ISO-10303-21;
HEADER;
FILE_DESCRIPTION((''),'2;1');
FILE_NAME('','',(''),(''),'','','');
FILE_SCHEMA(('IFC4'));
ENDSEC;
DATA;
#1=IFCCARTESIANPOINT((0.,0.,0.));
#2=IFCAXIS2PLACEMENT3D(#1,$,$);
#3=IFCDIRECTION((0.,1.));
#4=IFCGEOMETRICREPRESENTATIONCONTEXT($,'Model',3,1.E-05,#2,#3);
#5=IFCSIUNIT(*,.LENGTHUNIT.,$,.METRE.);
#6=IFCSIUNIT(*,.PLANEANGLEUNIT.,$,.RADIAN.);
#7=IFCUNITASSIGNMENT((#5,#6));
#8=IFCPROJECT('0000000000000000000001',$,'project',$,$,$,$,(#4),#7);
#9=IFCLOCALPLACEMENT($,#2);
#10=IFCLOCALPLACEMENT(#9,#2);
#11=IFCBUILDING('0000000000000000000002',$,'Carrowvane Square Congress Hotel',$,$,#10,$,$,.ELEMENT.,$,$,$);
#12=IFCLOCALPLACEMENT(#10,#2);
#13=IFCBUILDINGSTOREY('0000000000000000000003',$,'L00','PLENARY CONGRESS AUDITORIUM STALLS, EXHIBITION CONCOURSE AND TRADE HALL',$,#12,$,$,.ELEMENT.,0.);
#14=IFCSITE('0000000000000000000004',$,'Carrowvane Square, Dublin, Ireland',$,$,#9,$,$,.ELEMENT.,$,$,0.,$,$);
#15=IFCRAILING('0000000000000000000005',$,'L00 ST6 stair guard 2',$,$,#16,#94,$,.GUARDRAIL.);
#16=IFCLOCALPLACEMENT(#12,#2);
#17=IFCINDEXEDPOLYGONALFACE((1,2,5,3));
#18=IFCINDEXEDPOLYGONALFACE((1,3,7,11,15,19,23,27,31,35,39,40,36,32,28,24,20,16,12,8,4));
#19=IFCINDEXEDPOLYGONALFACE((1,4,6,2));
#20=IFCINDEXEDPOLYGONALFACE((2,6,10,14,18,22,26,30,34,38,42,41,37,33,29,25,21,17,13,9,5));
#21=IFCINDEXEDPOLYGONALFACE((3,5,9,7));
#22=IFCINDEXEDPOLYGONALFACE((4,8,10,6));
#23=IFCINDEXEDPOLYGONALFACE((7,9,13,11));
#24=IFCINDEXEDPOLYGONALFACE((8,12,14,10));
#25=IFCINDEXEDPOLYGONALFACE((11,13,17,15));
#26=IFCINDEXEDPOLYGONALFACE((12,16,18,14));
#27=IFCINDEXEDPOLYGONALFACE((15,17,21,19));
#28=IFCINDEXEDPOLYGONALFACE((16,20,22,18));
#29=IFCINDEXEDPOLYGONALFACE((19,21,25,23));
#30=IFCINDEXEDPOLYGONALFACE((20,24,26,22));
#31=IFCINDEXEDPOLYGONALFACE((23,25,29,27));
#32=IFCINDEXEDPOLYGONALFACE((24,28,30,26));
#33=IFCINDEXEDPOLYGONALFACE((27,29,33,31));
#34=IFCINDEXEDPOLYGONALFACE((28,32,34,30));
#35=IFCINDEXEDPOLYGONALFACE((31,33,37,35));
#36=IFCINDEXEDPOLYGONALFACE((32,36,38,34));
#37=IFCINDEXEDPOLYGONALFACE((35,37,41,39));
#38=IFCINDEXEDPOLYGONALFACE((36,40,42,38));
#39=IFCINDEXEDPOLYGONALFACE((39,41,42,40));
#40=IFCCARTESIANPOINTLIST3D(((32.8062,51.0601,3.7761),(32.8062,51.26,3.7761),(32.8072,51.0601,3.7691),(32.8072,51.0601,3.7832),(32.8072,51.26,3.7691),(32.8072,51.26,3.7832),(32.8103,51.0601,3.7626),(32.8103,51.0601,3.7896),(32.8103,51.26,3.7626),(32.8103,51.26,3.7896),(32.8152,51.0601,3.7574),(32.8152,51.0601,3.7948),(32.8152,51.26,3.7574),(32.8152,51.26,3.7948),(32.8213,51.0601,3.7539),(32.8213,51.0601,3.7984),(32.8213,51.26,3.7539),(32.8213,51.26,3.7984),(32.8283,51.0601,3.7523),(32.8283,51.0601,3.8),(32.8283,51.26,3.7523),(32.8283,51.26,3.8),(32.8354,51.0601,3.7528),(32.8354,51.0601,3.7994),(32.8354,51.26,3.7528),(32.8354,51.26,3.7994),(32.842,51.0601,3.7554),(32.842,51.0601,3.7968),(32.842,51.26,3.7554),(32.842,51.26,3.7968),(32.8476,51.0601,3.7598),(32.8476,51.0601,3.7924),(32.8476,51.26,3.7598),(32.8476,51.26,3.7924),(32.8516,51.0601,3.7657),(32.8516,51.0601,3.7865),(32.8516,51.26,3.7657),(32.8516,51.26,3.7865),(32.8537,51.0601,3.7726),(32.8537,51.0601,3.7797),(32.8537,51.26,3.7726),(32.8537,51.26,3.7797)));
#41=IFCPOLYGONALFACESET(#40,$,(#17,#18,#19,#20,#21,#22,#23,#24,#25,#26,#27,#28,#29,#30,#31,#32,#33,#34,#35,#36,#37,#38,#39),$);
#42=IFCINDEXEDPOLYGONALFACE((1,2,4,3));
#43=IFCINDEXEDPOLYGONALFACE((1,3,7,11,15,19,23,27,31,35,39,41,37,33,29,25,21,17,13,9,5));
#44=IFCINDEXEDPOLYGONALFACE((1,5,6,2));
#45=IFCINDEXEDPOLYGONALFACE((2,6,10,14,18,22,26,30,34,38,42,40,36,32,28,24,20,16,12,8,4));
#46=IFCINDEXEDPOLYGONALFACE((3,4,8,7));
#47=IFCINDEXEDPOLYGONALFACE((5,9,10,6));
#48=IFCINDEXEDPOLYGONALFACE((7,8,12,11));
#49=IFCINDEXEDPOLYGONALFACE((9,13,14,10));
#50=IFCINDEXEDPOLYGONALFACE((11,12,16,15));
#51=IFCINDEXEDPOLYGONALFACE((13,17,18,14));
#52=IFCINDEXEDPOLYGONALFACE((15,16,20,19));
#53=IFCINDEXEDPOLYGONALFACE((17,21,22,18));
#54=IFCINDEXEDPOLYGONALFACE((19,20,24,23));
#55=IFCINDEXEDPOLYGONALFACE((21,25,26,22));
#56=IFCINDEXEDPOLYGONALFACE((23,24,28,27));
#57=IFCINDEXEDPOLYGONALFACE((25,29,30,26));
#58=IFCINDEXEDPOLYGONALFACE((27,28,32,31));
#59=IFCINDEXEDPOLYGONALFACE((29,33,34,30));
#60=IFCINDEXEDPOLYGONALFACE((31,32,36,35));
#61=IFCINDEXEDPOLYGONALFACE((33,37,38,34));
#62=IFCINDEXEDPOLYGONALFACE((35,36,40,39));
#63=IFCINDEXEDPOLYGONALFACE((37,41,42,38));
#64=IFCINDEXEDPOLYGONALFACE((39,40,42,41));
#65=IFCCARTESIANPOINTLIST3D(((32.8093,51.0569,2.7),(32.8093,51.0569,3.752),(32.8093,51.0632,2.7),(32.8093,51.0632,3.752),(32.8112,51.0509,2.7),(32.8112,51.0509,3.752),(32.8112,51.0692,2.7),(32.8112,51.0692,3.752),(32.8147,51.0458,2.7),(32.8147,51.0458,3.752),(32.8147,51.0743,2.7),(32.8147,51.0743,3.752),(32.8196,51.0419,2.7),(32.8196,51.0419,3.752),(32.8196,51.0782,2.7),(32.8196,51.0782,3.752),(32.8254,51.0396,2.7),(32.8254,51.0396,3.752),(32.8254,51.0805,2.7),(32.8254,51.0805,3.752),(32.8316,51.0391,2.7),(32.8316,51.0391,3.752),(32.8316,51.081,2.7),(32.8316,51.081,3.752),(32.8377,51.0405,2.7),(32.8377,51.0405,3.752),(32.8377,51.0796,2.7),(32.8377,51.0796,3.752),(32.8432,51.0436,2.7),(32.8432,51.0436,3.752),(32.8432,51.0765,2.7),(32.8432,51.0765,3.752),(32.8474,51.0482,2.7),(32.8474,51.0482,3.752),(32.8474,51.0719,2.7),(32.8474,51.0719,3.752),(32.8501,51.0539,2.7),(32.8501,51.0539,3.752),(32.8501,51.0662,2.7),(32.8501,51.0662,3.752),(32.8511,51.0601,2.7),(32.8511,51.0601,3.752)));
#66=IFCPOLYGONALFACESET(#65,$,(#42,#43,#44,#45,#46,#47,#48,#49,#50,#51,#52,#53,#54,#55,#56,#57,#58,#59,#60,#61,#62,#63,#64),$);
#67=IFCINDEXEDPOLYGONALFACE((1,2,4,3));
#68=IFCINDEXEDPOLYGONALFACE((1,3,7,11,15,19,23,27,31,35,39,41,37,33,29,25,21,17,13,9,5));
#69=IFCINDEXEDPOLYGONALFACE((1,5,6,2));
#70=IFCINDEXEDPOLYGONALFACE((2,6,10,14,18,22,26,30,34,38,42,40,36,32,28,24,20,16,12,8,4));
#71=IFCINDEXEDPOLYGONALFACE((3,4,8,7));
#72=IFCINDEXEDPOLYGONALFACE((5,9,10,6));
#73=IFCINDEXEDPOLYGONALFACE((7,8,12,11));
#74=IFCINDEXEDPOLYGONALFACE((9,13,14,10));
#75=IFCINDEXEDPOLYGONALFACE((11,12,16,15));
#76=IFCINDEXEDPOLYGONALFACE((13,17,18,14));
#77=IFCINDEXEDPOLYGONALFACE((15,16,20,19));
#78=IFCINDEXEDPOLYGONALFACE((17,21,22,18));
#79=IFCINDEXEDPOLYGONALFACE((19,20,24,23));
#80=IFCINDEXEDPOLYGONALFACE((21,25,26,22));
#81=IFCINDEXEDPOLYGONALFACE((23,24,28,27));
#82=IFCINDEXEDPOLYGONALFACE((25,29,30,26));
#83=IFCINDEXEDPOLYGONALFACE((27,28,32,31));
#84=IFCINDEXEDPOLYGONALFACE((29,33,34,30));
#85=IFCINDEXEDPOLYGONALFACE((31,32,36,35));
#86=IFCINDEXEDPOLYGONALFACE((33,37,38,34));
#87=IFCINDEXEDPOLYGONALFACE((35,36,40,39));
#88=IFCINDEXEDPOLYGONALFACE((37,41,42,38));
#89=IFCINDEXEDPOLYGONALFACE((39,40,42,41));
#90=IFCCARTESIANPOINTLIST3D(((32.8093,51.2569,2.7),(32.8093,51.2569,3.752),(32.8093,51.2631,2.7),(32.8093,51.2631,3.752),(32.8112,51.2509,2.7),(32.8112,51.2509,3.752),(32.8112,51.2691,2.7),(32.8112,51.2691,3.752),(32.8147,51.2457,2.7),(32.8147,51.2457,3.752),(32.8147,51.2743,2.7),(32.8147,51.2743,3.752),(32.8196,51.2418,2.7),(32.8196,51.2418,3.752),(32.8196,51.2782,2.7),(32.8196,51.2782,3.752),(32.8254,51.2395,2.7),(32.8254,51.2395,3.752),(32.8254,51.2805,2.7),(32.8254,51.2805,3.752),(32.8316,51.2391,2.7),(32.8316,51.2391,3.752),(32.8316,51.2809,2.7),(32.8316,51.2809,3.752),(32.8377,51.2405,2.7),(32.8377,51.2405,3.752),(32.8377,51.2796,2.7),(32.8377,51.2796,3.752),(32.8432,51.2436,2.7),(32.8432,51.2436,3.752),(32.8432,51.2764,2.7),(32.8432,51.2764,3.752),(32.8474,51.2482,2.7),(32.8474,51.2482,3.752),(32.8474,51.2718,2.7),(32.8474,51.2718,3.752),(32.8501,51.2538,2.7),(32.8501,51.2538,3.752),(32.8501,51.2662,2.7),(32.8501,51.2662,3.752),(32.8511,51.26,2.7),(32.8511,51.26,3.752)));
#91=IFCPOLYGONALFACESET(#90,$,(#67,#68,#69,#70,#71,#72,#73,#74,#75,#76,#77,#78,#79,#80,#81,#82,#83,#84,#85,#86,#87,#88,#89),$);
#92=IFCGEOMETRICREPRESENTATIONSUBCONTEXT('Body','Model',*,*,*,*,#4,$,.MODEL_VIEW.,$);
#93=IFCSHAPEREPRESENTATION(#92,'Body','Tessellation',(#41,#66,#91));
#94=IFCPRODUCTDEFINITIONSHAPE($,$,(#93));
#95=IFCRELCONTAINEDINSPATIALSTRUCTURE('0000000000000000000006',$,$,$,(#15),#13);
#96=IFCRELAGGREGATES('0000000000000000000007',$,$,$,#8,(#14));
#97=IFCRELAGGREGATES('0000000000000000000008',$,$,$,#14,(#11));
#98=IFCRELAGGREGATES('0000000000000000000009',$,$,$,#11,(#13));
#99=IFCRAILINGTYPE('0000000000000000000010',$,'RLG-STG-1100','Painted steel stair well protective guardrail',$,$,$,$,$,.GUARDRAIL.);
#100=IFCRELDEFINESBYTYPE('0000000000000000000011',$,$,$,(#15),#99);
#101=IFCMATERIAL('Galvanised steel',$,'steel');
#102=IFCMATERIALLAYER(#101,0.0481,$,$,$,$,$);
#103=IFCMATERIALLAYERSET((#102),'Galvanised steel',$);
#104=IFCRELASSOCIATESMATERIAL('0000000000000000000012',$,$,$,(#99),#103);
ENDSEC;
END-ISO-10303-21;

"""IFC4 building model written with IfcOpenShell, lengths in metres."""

from ifc_helpers import new_model, si_unit, direction, frame, origin, origin_2d, place, context, subcontext, project, spatial, circle, extrude, material, layer, layer_set, type_object, element, save


model = new_model("IFC4")

# Units and contexts
model_context = context("Model", 3, precision=1e-05, world=origin(), true_north=direction((0.0, 1.0)))
body_context = subcontext(model_context, "Body", "Model", "MODEL_VIEW")
ifc_project = project(units=[si_unit("LENGTHUNIT", "METRE"), si_unit("PLANEANGLEUNIT", "RADIAN")], contexts=[model_context])

# Site, building, storey
site_placement = place(None, origin())
site = spatial("IfcSite", under=ifc_project, at=site_placement, Name="Carrowvane Square, Dublin, Ireland", CompositionType="ELEMENT", RefElevation=0.0)
building_placement = place(site_placement, origin())
building = spatial("IfcBuilding", under=site, at=building_placement, Name="Carrowvane Square Congress Hotel", CompositionType="ELEMENT")
storey_placement = place(building_placement, origin())
storey = spatial("IfcBuildingStorey", under=building, at=storey_placement, Name="L00", Description="PLENARY CONGRESS AUDITORIUM STALLS, EXHIBITION CONCOURSE AND TRADE HALL", CompositionType="ELEMENT", Elevation=0.0)

# Railing
ifc_material_1 = material(Name="Galvanised steel", Category="steel")
ifc_layer_1 = layer(ifc_material_1, 0.0481)
ifc_layer_set_1 = layer_set([ifc_layer_1], Name="Galvanised steel")
railing_type_1 = type_object("IfcRailingType", Name="RLG-STG-1100", Description="Painted steel stair well protective guardrail", PredefinedType="GUARDRAIL", material=ifc_layer_set_1)
railing_1_placement = place(storey_placement, frame((32.8301, 51.0601, 2.7)))
element("IfcRailing", 1, at=railing_1_placement, inside=storey, type_object=railing_type_1, Name="L00 ST6 stair guard 2", PredefinedType="GUARDRAIL", context=body_context, shape_type="SweptSolid", body=[
    extrude(circle(Radius=0.0239, at=origin_2d()), frame((0.0, 0.0, 1.0762), z_axis=(0.0, 1.0, 0.0), x_axis=(-1.0, 0.0, 0.0)), (0.0, 0.0, 1.0), 0.2),
    extrude(circle(Radius=0.021, at=origin_2d()), origin(), (0.0, 0.0, 1.0), 1.052),
    extrude(circle(Radius=0.021, at=origin_2d()), frame((0.0, 0.2, 0.0)), (0.0, 0.0, 1.0), 1.052),
])

save(model, "model.ifc")
